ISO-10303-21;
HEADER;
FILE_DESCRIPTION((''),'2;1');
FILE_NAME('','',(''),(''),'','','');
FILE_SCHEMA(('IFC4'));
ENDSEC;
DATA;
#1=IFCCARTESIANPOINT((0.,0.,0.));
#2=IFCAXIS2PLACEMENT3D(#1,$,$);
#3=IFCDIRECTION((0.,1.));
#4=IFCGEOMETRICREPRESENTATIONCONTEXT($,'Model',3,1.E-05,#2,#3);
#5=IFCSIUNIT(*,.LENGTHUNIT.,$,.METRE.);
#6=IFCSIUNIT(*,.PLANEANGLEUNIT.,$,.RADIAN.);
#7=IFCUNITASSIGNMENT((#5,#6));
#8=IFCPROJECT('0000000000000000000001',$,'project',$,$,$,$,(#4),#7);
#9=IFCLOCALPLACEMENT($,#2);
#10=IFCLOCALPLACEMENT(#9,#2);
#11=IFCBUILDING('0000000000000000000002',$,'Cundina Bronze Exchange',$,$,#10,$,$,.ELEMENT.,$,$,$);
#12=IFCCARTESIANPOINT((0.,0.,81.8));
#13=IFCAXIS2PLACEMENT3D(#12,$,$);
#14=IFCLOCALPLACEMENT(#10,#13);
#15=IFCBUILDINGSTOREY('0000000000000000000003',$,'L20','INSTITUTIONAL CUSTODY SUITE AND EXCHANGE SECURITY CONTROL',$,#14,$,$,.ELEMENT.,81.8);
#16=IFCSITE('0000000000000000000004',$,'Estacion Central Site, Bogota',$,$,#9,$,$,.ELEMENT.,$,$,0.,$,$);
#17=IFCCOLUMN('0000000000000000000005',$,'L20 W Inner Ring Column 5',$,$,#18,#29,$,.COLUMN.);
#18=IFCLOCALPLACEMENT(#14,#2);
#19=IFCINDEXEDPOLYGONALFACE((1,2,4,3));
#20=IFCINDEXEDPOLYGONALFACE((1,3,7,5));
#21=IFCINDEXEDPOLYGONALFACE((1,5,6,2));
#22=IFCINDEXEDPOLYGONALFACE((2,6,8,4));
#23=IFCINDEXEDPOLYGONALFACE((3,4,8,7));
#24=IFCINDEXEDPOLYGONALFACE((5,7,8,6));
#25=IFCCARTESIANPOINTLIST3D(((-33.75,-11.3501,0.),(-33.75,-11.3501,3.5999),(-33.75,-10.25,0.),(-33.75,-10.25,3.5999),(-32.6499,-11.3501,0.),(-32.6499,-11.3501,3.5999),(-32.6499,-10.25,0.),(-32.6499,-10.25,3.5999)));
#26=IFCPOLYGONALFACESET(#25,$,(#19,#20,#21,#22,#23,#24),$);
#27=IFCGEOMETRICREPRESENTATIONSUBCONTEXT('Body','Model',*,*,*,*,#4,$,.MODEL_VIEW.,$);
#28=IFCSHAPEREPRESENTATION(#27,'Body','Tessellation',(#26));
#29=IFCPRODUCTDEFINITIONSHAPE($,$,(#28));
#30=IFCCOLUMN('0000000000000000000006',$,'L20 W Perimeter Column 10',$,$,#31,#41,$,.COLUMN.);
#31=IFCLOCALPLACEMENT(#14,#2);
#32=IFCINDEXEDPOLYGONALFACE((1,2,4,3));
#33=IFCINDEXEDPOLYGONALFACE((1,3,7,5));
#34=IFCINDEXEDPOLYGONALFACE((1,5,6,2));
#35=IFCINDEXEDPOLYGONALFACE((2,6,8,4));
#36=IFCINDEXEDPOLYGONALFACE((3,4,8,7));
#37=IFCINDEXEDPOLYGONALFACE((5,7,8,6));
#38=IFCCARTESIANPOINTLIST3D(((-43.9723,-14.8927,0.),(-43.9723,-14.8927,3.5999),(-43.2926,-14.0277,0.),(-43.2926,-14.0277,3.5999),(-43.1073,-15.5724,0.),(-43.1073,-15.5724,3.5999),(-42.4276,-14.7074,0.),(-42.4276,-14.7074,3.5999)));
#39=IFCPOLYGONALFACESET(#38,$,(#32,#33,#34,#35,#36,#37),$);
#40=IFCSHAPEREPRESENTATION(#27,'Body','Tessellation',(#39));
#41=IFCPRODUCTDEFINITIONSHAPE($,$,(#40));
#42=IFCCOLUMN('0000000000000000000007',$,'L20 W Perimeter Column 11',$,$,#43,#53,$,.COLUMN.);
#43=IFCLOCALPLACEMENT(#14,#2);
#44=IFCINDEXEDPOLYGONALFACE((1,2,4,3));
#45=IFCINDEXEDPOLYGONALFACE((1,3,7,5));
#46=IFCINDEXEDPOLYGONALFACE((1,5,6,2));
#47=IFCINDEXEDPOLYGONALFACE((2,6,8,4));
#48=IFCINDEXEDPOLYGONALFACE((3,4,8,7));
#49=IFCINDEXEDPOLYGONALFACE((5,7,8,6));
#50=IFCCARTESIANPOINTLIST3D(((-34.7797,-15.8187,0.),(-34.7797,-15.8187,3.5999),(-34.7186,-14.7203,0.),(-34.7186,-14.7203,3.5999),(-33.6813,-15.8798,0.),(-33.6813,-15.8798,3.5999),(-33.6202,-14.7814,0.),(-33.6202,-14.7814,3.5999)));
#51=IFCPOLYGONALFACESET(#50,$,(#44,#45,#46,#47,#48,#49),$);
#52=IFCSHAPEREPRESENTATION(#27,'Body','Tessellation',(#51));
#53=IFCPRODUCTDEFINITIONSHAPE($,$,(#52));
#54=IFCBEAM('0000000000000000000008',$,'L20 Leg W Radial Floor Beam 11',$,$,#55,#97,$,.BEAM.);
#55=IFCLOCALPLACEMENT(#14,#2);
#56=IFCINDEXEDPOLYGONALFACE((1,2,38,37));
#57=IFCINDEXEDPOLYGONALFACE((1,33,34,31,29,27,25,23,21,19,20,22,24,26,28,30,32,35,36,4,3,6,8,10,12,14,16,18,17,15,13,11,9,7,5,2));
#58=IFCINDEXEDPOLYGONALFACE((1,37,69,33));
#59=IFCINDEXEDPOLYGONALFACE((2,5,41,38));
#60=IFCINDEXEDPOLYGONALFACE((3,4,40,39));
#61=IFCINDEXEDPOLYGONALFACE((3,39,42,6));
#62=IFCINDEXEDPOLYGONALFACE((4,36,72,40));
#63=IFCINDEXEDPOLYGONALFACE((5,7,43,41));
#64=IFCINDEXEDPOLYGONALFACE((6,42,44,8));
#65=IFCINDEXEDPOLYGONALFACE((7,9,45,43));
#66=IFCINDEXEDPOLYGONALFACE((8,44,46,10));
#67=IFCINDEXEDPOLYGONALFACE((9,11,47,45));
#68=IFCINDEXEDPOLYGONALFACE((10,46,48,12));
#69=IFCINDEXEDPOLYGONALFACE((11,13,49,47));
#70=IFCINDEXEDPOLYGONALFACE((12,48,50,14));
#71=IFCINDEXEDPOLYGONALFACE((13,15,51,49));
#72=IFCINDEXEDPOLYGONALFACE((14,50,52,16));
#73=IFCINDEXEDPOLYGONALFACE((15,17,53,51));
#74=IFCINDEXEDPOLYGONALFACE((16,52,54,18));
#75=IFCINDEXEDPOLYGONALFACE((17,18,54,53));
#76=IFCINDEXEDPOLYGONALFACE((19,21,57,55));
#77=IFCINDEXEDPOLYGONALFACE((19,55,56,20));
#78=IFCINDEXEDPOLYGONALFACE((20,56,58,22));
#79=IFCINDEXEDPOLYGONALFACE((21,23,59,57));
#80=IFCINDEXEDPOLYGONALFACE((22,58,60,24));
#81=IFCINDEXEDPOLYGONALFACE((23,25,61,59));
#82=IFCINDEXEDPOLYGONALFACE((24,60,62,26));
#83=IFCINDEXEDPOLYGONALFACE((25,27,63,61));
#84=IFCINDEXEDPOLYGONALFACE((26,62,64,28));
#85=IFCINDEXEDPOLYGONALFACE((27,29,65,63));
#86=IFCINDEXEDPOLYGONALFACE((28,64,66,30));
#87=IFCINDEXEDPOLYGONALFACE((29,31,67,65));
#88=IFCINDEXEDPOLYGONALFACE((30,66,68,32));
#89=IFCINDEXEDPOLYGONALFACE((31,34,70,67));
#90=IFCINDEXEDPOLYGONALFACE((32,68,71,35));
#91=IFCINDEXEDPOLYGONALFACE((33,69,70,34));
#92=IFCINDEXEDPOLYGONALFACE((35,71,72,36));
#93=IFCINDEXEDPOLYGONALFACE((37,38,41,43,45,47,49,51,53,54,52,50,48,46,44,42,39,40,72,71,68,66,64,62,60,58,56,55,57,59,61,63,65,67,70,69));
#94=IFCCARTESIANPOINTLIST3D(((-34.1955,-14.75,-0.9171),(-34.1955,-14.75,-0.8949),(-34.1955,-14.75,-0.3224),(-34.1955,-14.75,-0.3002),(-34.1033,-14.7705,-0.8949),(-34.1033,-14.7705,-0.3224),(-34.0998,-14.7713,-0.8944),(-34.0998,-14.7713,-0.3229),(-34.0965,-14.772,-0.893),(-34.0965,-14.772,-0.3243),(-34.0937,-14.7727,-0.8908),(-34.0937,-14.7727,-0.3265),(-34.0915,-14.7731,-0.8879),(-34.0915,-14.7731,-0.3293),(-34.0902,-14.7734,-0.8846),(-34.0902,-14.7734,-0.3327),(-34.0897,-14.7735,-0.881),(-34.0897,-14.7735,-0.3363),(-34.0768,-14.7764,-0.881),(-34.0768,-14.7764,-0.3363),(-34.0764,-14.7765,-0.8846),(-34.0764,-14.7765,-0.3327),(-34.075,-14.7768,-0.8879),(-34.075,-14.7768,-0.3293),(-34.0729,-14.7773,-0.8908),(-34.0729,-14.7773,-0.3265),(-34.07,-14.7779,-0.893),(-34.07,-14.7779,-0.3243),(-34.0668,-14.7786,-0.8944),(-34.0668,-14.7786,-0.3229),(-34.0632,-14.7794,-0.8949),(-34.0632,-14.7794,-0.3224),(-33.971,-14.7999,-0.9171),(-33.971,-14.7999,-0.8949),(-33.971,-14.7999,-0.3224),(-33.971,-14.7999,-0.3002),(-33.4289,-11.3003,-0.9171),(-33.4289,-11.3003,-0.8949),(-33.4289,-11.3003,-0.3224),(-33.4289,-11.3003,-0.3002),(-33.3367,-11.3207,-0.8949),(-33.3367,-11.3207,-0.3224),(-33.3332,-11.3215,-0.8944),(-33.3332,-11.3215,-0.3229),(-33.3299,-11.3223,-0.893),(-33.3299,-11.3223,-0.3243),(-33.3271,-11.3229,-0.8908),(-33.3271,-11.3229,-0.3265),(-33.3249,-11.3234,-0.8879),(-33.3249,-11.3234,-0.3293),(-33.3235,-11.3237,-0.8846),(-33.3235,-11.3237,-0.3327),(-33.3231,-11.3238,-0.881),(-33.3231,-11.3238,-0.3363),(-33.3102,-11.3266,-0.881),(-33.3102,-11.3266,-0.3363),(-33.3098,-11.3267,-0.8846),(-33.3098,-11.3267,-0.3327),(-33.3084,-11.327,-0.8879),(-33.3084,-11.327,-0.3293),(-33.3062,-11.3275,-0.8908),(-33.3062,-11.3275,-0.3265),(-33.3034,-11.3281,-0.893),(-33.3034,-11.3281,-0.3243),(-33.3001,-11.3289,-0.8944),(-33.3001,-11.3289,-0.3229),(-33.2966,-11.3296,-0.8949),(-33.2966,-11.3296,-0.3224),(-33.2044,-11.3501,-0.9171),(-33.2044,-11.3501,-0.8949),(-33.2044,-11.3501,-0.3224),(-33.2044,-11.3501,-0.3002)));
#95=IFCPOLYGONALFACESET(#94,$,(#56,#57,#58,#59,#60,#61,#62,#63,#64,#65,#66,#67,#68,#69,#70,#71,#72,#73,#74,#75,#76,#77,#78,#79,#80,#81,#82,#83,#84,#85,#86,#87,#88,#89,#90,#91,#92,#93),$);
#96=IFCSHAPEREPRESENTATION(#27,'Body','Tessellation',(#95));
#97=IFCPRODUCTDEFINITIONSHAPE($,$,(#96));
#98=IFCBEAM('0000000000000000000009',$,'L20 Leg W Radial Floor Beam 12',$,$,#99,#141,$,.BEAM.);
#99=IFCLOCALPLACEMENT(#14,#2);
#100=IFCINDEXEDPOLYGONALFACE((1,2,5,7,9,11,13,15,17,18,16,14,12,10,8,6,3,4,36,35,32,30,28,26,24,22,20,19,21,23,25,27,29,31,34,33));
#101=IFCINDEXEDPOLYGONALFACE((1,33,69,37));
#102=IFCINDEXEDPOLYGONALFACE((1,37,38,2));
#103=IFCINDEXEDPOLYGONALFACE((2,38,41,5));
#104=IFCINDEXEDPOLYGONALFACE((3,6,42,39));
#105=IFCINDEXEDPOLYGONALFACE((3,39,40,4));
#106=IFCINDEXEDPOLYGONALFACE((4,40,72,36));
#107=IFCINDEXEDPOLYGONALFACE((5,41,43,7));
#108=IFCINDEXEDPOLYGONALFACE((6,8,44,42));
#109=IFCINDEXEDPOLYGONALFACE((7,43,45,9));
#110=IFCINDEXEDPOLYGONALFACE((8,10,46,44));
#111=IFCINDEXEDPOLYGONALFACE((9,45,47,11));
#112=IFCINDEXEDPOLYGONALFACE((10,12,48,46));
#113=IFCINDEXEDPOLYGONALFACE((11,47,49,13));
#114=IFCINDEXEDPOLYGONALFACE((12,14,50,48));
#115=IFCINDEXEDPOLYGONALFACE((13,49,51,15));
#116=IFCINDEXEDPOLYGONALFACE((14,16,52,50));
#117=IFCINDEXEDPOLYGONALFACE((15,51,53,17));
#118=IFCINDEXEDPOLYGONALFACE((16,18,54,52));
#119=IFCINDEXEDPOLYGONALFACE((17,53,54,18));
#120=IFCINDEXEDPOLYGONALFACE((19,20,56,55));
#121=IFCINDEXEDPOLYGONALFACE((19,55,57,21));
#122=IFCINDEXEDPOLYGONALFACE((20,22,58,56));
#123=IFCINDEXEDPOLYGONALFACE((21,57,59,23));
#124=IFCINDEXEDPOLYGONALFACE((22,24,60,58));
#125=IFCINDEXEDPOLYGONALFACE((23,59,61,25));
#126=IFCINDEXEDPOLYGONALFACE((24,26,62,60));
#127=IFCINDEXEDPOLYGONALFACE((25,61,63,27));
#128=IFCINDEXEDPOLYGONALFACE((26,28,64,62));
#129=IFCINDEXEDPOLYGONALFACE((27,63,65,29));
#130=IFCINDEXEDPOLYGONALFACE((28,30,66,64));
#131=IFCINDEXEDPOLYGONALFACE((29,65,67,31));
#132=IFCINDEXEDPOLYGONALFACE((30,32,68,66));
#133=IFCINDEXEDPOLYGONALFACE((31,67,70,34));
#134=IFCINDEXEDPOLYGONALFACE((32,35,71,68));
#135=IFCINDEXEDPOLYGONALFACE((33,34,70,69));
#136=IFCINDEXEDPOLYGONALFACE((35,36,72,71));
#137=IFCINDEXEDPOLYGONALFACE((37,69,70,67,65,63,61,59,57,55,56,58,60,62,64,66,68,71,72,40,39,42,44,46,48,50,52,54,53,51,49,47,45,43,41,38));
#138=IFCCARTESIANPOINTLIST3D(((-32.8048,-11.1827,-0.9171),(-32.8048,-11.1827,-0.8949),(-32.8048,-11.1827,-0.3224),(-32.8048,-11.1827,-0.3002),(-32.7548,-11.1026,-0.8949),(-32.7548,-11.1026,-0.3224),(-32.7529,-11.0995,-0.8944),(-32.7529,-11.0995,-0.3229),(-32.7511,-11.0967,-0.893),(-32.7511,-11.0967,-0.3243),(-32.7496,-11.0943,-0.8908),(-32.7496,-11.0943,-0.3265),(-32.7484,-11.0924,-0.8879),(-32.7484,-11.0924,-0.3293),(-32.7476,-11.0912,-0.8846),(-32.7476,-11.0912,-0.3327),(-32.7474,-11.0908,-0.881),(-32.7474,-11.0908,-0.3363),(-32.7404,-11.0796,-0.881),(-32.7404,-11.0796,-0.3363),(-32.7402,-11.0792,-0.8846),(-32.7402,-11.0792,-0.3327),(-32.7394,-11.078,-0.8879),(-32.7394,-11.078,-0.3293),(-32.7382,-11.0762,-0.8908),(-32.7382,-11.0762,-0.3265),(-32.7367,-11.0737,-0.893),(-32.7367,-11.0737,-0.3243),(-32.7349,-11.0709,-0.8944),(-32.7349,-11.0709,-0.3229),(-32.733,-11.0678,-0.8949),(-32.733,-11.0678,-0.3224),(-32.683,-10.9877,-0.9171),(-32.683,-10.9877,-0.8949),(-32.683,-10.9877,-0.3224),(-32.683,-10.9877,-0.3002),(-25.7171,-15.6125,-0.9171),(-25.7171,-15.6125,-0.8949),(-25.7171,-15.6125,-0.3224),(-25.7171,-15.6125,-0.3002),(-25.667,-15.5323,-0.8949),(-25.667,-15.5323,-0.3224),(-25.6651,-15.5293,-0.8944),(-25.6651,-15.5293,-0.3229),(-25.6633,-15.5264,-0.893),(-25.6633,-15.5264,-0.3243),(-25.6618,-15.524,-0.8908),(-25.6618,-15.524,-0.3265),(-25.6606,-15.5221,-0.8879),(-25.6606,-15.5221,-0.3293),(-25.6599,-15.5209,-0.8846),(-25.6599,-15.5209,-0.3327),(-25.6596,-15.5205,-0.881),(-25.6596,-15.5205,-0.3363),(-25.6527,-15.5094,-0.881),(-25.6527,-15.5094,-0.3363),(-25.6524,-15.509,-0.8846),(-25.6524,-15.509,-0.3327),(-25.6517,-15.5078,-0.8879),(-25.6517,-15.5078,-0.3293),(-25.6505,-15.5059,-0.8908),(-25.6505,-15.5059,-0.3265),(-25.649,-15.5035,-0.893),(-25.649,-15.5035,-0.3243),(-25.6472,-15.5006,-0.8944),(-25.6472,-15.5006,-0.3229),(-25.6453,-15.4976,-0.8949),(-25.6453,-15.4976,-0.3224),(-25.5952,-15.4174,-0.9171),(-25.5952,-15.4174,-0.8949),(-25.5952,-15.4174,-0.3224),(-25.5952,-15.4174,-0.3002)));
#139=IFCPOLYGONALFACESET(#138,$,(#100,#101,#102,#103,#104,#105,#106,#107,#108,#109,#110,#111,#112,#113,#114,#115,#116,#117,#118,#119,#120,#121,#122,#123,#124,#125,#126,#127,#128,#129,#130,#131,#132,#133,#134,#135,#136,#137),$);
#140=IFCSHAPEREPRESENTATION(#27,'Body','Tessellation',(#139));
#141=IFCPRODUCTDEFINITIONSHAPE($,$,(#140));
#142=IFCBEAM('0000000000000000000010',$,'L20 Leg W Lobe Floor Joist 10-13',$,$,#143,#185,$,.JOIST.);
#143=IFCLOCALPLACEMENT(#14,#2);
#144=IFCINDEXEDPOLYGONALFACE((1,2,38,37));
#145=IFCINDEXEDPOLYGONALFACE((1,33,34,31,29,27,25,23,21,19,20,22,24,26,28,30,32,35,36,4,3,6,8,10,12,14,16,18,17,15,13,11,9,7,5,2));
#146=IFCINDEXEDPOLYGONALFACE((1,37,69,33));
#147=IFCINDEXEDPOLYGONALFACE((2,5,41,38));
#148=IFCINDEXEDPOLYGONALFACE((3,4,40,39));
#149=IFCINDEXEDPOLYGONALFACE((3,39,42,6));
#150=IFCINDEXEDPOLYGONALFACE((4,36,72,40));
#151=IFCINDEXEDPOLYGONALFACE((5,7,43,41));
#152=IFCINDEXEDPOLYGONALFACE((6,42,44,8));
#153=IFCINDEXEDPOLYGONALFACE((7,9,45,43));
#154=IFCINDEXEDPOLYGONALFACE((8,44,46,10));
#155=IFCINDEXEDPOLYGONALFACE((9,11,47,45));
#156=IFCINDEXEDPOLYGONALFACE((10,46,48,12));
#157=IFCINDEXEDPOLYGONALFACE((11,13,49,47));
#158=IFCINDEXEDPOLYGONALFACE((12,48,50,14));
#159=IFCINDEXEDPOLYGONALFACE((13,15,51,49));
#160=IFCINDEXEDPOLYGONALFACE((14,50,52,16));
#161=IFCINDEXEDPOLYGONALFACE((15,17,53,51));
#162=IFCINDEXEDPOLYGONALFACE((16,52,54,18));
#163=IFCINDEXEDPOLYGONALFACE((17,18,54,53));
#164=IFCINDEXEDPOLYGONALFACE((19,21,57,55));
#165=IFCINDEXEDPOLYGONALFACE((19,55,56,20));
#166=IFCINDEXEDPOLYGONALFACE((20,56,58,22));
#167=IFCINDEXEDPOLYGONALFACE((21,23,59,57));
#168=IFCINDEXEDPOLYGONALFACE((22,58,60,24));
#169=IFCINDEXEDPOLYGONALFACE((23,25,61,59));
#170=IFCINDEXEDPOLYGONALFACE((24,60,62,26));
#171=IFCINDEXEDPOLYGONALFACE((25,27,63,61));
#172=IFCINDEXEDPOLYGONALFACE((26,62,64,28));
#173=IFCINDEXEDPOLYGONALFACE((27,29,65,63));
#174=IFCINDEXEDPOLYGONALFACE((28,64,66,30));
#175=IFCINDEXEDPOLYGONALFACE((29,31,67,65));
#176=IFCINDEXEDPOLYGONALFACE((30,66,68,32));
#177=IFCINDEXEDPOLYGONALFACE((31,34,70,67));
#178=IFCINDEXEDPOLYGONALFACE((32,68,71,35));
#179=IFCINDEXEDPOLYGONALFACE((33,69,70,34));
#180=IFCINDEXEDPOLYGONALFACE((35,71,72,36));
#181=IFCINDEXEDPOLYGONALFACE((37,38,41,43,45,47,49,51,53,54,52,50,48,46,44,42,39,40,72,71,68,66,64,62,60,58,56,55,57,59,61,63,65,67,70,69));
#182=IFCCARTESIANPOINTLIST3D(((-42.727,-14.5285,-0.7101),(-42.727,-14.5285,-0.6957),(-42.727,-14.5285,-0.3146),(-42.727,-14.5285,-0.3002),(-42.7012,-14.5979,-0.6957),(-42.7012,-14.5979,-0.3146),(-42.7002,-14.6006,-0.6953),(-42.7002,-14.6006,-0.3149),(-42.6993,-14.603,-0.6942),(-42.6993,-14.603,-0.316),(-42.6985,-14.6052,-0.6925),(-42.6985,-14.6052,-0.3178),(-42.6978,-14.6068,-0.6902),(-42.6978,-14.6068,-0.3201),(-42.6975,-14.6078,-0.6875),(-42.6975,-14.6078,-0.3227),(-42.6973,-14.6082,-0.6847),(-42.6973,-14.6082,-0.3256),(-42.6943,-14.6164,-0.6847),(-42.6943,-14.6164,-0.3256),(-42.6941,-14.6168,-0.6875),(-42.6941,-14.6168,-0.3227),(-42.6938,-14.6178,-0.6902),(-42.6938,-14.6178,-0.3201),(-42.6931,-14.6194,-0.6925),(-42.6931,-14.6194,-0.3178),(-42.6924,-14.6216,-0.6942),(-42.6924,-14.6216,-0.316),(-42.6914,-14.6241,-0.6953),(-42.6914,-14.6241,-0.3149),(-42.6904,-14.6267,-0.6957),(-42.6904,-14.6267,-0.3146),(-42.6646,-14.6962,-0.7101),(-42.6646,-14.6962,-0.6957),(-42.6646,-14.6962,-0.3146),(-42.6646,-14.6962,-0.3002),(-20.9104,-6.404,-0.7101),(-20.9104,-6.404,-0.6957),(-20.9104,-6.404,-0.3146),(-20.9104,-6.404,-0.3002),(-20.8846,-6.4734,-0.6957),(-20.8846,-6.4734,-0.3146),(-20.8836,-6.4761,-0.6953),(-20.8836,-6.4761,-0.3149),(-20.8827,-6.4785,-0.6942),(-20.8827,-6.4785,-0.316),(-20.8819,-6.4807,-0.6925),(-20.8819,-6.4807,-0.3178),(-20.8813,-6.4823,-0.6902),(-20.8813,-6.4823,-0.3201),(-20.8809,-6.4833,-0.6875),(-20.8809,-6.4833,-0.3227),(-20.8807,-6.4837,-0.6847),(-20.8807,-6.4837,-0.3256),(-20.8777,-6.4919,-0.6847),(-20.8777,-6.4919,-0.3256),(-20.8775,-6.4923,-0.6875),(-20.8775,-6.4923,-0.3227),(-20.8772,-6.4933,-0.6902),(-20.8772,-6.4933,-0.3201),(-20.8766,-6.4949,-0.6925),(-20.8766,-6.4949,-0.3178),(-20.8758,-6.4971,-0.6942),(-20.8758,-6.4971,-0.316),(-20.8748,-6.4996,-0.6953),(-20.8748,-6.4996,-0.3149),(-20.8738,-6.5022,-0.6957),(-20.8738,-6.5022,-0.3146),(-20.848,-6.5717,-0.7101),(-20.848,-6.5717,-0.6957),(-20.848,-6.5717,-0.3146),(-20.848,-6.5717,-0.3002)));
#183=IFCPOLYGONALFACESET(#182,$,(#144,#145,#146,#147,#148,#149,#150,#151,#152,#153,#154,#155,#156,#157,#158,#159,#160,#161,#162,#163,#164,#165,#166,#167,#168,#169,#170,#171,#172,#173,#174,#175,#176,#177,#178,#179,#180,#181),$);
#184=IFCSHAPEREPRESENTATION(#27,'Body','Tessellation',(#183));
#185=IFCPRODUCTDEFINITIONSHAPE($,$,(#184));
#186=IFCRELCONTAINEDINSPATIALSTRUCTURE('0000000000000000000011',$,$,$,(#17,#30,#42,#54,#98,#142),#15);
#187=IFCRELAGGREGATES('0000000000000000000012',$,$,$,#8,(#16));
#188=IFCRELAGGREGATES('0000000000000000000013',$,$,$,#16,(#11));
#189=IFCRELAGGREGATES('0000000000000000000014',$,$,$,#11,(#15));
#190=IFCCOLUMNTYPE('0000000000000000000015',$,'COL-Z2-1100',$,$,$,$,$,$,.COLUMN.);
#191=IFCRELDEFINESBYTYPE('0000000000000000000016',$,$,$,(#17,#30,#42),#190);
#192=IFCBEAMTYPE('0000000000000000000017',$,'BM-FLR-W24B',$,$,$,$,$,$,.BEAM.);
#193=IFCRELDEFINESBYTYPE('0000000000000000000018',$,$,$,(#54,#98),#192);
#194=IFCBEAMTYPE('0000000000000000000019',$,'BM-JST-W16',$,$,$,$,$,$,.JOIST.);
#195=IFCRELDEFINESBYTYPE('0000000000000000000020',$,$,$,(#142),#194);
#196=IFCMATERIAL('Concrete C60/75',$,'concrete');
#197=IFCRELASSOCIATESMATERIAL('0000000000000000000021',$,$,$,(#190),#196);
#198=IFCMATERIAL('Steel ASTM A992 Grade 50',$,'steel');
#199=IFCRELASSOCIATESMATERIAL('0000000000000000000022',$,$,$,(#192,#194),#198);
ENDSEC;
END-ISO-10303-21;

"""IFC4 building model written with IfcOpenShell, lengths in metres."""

from ifc_helpers import new_model, si_unit, direction, frame, origin, origin_2d, place, context, subcontext, project, spatial, rectangle, i_section, extrude, material, material_profile, profile_set, type_object, element, save


model = new_model("IFC4")

# Units and contexts
model_context = context("Model", 3, precision=1e-05, world=origin(), true_north=direction((0.0, 1.0)))
body_context = subcontext(model_context, "Body", "Model", "MODEL_VIEW")
ifc_project = project(units=[si_unit("LENGTHUNIT", "METRE"), si_unit("PLANEANGLEUNIT", "RADIAN")], contexts=[model_context])

# Site, building, storey
site_placement = place(None, origin())
site = spatial("IfcSite", under=ifc_project, at=site_placement, Name="Estacion Central Site, Bogota", CompositionType="ELEMENT", RefElevation=0.0)
building_placement = place(site_placement, origin())
building = spatial("IfcBuilding", under=site, at=building_placement, Name="Cundina Bronze Exchange", CompositionType="ELEMENT")
storey_placement = place(building_placement, frame((0.0, 0.0, 81.8)))
storey = spatial("IfcBuildingStorey", under=building, at=storey_placement, Name="L20", Description="INSTITUTIONAL CUSTODY SUITE AND EXCHANGE SECURITY CONTROL", CompositionType="ELEMENT", Elevation=81.8)

# Columns
ifc_material_1 = material(Name="Concrete C60/75", Category="concrete")
ifc_material_profile_1 = material_profile(ifc_material_1, rectangle(XDim=1.1001, YDim=1.1001, at=origin_2d()), Name="RC1100X1100", Category="concrete")
ifc_profile_set_1 = profile_set([ifc_material_profile_1], Name="Concrete C60/75")
column_type = type_object("IfcColumnType", Name="COL-Z2-1100", PredefinedType="COLUMN", material=ifc_profile_set_1)
for number, where, z_axis, x_axis, name in (
    (1, (-33.2, -10.8, 0.0), (0.0, 0.0, 1.0), (1.0, 0.0, 0.0), "L20 W Inner Ring Column 5"),
    (2, (-43.2, -14.8, 0.0), (0.0, 0.0, 1.0), (0.786288, -0.61786, 0.0), "L20 W Perimeter Column 10"),
    (3, (-34.2, -15.3, 0.0), (0.0, 0.0, 1.0), (0.99846, -0.055473, 0.0), "L20 W Perimeter Column 11"),
):
    element("IfcColumn", number, at=place(storey_placement, frame(where, z_axis=z_axis, x_axis=x_axis)), inside=storey, type_object=column_type, Name=name, PredefinedType="COLUMN", context=body_context, shape_type="SweptSolid", body=[
        extrude(rectangle(XDim=1.1001, YDim=1.1001, at=origin_2d()), origin(), (0.0, 0.0, 1.0), 3.5999),
    ])

# Beams
ifc_material_2 = material(Name="Steel ASTM A992 Grade 50", Category="steel")
ifc_material_profile_2 = material_profile(ifc_material_2, i_section(OverallWidth=0.23, OverallDepth=0.6169, WebThickness=0.0132, FlangeThickness=0.0222, FilletRadius=0.0139, at=origin_2d()), Name="W24X94", Category="steel")
ifc_profile_set_2 = profile_set([ifc_material_profile_2], Name="Steel ASTM A992 Grade 50")
beam_type_1 = type_object("IfcBeamType", Name="BM-FLR-W24B", PredefinedType="BEAM", material=ifc_profile_set_2)
beam_1_placement = place(storey_placement, frame((-33.3167, -11.3252, -0.6086), z_axis=(-0.21693, -0.976187, 0.0), x_axis=(0.976187, -0.21693, 0.0)))
element("IfcBeam", 4, at=beam_1_placement, inside=storey, type_object=beam_type_1, Name="L20 Leg W Radial Floor Beam 11", PredefinedType="BEAM", context=body_context, shape_type="SweptSolid", body=[
    extrude(i_section(OverallWidth=0.23, OverallDepth=0.6169, WebThickness=0.0132, FlangeThickness=0.0222, FilletRadius=0.0139, at=origin_2d()), origin(), (0.0, 0.0, 1.0), 3.5339),
])
beam_2_placement = place(storey_placement, frame((-32.7439, -11.0852, -0.6086), z_axis=(0.848003, -0.529991, 0.0), x_axis=(0.529991, 0.848003, 0.0)))
element("IfcBeam", 5, at=beam_2_placement, inside=storey, type_object=beam_type_1, Name="L20 Leg W Radial Floor Beam 12", PredefinedType="BEAM", context=body_context, shape_type="SweptSolid", body=[
    extrude(i_section(OverallWidth=0.23, OverallDepth=0.6169, WebThickness=0.0132, FlangeThickness=0.0222, FilletRadius=0.0139, at=origin_2d()), origin(), (0.0, 0.0, 1.0), 8.3582),
])
ifc_material_profile_3 = material_profile(ifc_material_2, i_section(OverallWidth=0.179, OverallDepth=0.4099, WebThickness=0.0088, FlangeThickness=0.0144, FilletRadius=0.011, at=origin_2d()), Name="W16X45", Category="steel")
ifc_profile_set_3 = profile_set([ifc_material_profile_3], Name="Steel ASTM A992 Grade 50")
beam_type_2 = type_object("IfcBeamType", Name="BM-JST-W16", PredefinedType="JOIST", material=ifc_profile_set_3)
beam_3_placement = place(storey_placement, frame((-42.6958, -14.6123, -0.5051), z_axis=(0.937128, 0.348986, 0.0), x_axis=(-0.348986, 0.937128, 0.0)))
element("IfcBeam", 6, at=beam_3_placement, inside=storey, type_object=beam_type_2, Name="L20 Leg W Lobe Floor Joist 10-13", PredefinedType="JOIST", context=body_context, shape_type="SweptSolid", body=[
    extrude(i_section(OverallWidth=0.179, OverallDepth=0.4099, WebThickness=0.0088, FlangeThickness=0.0144, FilletRadius=0.011, at=origin_2d()), origin(), (0.0, 0.0, 1.0), 23.2803),
])

save(model, "model.ifc")
